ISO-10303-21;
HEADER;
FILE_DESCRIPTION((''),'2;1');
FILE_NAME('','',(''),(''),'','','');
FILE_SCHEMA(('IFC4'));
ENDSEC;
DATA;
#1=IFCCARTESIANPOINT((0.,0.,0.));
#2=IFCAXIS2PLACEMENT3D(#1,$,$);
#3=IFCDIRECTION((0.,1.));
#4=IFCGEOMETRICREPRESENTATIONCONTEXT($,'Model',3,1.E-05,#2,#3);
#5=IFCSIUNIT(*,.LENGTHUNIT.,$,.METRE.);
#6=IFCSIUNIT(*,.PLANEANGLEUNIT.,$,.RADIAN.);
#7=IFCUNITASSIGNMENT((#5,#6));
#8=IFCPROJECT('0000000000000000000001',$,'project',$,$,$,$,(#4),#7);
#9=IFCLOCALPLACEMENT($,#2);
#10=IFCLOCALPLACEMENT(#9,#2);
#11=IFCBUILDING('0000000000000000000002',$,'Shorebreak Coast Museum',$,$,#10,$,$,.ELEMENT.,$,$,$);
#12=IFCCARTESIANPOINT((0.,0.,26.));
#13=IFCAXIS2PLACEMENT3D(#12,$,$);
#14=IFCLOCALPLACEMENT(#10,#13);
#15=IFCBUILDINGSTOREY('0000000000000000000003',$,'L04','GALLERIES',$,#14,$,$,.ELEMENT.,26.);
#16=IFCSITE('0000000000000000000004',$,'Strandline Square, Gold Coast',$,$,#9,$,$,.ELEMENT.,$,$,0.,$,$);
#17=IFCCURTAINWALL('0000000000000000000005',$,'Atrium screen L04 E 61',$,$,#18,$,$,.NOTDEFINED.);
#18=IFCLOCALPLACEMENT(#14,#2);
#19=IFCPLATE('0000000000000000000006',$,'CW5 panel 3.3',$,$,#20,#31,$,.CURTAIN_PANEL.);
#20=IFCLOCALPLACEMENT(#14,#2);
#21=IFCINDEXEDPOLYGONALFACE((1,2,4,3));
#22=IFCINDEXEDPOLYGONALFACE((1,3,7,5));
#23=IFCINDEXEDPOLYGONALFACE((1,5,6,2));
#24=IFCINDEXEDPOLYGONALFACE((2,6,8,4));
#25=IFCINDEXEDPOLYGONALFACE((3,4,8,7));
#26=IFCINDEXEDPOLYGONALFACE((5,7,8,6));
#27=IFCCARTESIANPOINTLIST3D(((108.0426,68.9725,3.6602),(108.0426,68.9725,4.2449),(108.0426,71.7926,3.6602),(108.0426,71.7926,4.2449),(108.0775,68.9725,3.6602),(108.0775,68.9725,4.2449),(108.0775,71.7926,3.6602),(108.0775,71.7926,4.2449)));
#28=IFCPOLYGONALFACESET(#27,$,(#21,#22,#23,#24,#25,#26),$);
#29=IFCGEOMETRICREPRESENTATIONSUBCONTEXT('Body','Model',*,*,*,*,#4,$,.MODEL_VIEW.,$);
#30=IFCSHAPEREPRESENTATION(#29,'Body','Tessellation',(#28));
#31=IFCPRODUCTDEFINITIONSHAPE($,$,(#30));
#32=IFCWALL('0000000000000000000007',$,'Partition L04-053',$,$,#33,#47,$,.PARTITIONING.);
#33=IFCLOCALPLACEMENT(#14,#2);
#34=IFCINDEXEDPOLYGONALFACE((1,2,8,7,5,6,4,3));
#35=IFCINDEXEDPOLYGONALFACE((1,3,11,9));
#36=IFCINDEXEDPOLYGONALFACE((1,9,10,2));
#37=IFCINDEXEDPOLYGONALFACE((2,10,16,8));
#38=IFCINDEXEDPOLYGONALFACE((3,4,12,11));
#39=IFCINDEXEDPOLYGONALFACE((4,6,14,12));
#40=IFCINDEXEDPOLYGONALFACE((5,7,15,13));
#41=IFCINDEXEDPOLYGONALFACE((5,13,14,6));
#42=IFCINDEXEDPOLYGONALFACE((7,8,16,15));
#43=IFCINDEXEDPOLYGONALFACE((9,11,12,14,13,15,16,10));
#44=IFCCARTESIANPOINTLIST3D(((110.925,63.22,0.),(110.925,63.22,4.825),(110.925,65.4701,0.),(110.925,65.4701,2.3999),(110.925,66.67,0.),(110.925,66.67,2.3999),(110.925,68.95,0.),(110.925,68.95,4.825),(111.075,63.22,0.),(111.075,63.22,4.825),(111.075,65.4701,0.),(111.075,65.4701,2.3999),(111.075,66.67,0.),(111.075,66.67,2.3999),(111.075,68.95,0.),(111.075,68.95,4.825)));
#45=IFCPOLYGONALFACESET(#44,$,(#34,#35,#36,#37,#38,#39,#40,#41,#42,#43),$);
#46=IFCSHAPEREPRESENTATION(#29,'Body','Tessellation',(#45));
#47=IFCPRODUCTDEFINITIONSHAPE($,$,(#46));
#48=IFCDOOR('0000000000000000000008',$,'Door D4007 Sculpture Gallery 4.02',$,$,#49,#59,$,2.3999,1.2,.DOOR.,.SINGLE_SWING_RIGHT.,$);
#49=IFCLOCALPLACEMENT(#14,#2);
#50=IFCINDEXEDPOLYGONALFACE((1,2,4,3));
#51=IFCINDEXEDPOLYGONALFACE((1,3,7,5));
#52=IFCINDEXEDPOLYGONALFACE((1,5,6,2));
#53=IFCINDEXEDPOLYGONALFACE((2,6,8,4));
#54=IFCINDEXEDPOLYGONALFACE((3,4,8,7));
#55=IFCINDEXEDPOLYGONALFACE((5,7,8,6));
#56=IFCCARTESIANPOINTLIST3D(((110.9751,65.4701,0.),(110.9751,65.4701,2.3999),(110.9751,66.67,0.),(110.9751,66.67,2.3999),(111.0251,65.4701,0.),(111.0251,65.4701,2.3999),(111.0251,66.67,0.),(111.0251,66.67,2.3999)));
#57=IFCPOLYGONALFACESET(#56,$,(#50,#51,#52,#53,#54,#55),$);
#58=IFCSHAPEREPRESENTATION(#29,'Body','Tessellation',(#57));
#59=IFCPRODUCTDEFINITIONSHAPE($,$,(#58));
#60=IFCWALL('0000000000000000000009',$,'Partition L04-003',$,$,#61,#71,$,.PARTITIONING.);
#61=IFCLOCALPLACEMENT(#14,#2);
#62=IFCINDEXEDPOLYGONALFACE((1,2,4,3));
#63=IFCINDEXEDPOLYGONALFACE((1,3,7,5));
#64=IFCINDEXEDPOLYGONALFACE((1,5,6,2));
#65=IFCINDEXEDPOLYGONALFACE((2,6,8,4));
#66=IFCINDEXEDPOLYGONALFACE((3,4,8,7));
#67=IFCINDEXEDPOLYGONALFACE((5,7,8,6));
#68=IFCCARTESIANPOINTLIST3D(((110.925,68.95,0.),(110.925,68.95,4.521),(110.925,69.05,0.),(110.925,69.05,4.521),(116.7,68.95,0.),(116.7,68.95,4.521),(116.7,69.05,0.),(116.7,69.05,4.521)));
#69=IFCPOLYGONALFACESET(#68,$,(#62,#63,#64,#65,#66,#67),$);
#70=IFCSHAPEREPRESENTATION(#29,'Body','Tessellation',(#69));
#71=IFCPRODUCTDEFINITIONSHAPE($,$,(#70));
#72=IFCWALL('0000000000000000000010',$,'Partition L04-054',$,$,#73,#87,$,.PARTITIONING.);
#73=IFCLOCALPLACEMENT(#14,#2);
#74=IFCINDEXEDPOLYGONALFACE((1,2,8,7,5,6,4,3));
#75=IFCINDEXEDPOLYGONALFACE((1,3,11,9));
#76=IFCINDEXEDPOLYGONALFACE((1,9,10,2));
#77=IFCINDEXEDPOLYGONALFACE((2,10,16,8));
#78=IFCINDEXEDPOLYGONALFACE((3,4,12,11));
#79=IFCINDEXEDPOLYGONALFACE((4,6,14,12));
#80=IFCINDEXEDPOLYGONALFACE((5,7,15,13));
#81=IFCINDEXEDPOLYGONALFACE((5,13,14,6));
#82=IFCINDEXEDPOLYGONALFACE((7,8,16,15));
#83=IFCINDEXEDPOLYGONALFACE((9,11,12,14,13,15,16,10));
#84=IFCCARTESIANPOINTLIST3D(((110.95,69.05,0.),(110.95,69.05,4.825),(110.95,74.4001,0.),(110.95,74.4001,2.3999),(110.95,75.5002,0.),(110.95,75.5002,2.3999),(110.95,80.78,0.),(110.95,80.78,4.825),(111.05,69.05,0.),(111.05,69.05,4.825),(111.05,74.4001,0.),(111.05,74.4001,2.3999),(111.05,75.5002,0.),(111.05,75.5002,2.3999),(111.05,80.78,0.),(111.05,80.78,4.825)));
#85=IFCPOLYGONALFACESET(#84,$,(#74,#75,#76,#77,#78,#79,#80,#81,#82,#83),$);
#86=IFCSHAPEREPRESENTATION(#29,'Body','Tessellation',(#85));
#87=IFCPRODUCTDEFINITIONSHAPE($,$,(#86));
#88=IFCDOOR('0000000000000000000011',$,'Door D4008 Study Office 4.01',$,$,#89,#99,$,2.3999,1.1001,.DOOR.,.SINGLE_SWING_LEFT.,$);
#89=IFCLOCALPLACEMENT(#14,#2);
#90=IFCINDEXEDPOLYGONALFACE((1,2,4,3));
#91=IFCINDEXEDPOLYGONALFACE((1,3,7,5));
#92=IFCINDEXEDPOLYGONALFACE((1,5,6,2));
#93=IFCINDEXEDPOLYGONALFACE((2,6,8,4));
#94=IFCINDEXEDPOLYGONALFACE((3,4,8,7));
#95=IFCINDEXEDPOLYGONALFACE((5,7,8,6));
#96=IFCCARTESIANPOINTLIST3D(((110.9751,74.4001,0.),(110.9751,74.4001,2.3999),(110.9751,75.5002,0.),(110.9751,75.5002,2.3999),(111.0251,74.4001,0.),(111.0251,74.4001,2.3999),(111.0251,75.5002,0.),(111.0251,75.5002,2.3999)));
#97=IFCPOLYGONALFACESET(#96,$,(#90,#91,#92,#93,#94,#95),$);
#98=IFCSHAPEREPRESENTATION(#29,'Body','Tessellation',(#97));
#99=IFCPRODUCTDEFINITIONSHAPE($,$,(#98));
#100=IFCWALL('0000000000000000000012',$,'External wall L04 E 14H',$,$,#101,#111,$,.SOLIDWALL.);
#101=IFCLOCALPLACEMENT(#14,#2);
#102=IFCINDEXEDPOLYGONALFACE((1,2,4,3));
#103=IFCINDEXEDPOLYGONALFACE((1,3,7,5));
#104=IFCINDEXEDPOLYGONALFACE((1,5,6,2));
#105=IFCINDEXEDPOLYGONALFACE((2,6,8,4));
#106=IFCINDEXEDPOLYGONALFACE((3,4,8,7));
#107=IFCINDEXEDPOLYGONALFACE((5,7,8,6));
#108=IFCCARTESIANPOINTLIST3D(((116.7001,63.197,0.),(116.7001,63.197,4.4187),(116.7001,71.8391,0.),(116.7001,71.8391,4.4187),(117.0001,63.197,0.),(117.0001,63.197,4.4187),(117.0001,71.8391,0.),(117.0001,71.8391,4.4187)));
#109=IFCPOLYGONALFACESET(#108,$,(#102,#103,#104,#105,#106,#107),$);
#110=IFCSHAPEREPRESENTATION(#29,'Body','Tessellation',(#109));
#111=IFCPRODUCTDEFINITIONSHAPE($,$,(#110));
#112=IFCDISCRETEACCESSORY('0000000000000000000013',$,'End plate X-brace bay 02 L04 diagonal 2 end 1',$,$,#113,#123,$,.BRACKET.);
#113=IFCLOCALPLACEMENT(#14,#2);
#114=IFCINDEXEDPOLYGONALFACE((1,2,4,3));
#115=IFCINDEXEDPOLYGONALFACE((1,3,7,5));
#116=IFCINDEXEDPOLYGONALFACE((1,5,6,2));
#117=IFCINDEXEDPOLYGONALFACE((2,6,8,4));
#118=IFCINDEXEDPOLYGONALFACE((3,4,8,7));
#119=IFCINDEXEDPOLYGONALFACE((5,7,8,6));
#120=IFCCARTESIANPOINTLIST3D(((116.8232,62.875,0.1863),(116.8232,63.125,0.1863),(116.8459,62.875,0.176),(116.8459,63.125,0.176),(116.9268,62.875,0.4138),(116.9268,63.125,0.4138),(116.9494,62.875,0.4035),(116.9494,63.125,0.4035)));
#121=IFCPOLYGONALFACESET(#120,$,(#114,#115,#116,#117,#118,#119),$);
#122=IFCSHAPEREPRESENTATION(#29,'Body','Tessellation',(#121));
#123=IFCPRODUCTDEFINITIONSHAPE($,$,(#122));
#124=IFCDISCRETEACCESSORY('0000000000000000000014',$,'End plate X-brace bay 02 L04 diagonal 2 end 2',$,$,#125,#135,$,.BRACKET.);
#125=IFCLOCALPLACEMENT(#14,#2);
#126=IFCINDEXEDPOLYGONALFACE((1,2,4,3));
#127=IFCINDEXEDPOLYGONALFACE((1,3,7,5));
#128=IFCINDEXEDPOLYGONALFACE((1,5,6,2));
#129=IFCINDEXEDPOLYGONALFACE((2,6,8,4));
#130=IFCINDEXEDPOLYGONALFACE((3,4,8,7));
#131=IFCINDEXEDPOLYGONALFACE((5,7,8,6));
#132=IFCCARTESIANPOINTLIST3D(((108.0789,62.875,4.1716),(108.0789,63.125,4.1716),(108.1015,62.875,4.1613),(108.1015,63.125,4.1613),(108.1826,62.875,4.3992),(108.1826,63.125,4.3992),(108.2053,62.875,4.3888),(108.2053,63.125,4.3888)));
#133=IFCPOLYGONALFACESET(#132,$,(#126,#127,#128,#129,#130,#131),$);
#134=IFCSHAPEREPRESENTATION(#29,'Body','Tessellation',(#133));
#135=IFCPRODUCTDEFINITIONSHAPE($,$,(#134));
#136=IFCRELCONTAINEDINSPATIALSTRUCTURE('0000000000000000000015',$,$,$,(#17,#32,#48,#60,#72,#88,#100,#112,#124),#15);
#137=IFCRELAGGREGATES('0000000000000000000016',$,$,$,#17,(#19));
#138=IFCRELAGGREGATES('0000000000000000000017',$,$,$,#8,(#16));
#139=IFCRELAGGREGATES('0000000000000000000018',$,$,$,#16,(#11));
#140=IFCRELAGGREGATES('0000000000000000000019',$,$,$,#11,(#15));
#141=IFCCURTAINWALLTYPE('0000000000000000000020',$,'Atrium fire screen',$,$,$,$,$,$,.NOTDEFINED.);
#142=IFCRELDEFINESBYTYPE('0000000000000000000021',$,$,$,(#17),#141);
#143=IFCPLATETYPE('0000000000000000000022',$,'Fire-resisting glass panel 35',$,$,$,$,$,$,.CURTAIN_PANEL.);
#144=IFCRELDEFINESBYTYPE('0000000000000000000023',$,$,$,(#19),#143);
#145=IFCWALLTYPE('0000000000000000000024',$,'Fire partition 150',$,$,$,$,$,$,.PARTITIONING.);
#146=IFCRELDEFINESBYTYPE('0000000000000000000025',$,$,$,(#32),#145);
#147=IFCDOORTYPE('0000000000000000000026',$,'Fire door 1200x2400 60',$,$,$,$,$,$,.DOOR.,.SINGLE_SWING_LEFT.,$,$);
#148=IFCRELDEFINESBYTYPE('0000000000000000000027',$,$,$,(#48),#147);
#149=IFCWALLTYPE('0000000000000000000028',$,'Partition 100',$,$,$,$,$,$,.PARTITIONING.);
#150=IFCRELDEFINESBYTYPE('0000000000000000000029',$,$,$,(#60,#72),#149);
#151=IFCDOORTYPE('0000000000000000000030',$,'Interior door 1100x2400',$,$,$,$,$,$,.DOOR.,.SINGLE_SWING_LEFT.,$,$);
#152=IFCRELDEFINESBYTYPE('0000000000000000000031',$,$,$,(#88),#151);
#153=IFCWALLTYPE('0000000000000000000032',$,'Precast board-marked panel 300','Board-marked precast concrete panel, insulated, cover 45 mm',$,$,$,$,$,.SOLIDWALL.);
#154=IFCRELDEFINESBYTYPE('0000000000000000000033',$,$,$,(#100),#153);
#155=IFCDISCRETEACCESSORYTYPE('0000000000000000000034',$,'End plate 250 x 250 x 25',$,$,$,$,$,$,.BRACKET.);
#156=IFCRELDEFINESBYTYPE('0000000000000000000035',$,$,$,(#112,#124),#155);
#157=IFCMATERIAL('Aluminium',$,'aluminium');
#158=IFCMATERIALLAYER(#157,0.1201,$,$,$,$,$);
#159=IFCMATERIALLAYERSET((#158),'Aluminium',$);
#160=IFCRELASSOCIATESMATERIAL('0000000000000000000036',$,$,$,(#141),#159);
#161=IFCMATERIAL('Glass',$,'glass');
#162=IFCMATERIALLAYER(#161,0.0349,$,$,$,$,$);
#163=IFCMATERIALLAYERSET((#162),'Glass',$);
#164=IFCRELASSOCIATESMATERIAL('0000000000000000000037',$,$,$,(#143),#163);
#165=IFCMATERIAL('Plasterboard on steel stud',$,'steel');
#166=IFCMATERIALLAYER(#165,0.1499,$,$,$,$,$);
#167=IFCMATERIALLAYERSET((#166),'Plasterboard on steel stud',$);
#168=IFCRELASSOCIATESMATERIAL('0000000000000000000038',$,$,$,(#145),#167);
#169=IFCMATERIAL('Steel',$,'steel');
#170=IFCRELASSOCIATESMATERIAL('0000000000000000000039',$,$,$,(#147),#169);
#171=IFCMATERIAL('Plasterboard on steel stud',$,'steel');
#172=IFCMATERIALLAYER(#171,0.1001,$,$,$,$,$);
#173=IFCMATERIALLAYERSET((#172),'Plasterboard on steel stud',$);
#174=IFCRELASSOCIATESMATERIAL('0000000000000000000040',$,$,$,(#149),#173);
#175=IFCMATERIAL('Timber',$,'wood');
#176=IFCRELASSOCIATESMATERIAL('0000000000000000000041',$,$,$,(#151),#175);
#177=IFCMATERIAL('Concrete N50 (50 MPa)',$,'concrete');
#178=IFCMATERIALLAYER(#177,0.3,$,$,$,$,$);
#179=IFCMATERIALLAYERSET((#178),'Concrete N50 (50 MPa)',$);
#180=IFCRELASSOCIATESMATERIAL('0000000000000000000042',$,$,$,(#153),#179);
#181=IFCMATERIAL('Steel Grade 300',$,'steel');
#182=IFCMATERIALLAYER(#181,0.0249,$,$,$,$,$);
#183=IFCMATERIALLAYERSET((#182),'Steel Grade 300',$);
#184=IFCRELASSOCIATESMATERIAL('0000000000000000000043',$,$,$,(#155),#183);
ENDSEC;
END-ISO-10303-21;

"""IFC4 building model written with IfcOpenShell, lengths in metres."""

from ifc_helpers import new_model, si_unit, direction, frame, frame_2d, origin, origin_2d, place, context, subcontext, project, spatial, polyline, rectangle, outline, extrude, material, layer, layer_set, type_object, element, fill, aggregate, save


model = new_model("IFC4")

# Units and contexts
model_context = context("Model", 3, precision=1e-05, world=origin(), true_north=direction((0.0, 1.0)))
body_context = subcontext(model_context, "Body", "Model", "MODEL_VIEW")
ifc_project = project(units=[si_unit("LENGTHUNIT", "METRE"), si_unit("PLANEANGLEUNIT", "RADIAN")], contexts=[model_context])

# Site, building, storey
site_placement = place(None, origin())
site = spatial("IfcSite", under=ifc_project, at=site_placement, Name="Strandline Square, Gold Coast", CompositionType="ELEMENT", RefElevation=0.0)
building_placement = place(site_placement, origin())
building = spatial("IfcBuilding", under=site, at=building_placement, Name="Shorebreak Coast Museum", CompositionType="ELEMENT")
storey_placement = place(building_placement, frame((0.0, 0.0, 26.0)))
storey = spatial("IfcBuildingStorey", under=building, at=storey_placement, Name="L04", Description="GALLERIES", CompositionType="ELEMENT", Elevation=26.0)

# Curtain wall, plate
ifc_material_1 = material(Name="Aluminium", Category="aluminium")
ifc_layer_1 = layer(ifc_material_1, 0.1201)
ifc_layer_set_1 = layer_set([ifc_layer_1], Name="Aluminium")
curtain_wall_type = type_object("IfcCurtainWallType", Name="Atrium fire screen", PredefinedType="NOTDEFINED", material=ifc_layer_set_1)
curtain_wall_placement = place(storey_placement, origin())
curtain_wall = element("IfcCurtainWall", 1, at=curtain_wall_placement, inside=storey, type_object=curtain_wall_type, Name="Atrium screen L04 E 61", PredefinedType="NOTDEFINED")
ifc_material_2 = material(Name="Glass", Category="glass")
ifc_layer_2 = layer(ifc_material_2, 0.0349)
ifc_layer_set_2 = layer_set([ifc_layer_2], Name="Glass")
plate_type = type_object("IfcPlateType", Name="Fire-resisting glass panel 35", PredefinedType="CURTAIN_PANEL", material=ifc_layer_set_2)
plate_1_placement = place(storey_placement, frame((108.0601, 70.3826, 3.6602), z_axis=(0.0, 0.0, 1.0), x_axis=(0.0, 1.0, 0.0)))
plate_1 = element("IfcPlate", 2, at=plate_1_placement, type_object=plate_type, Name="CW5 panel 3.3", PredefinedType="CURTAIN_PANEL", context=body_context, shape_type="SweptSolid", body=[
    extrude(rectangle(XDim=2.8201, YDim=0.0349, at=origin_2d()), origin(), (0.0, 0.0, 1.0), 0.5847),
])
aggregate(curtain_wall, [plate_1])

# Wall, opening, door
ifc_material_3 = material(Name="Plasterboard on steel stud", Category="steel")
ifc_layer_3 = layer(ifc_material_3, 0.1499)
ifc_layer_set_3 = layer_set([ifc_layer_3], Name="Plasterboard on steel stud")
wall_type_1 = type_object("IfcWallType", Name="Fire partition 150", PredefinedType="PARTITIONING", material=ifc_layer_set_3)
wall_1_placement = place(storey_placement, frame((111.0, 63.22, 0.0), z_axis=(0.0, 0.0, 1.0), x_axis=(0.0, 1.0, 0.0)))
wall_1 = element("IfcWall", 3, at=wall_1_placement, inside=storey, type_object=wall_type_1, Name="Partition L04-053", PredefinedType="PARTITIONING", context=body_context, shape_type="SweptSolid", body=[
    extrude(rectangle(XDim=5.73, YDim=0.1499, at=frame_2d((2.865, 0.0))), origin(), (0.0, 0.0, 1.0), 4.825),
])
opening_1_placement = place(wall_1_placement, frame((2.25, 0.0, 0.0)))
opening_1 = element("IfcOpeningElement", 4, at=opening_1_placement, cuts=wall_1, PredefinedType="OPENING", context=body_context, shape_type="SweptSolid", body=[
    extrude(rectangle(XDim=1.2, YDim=2.3999, at=frame_2d((0.6001, 1.2))), frame((0.0, 0.085, 0.0), z_axis=(0.0, -1.0, 0.0), x_axis=(1.0, 0.0, 0.0)), (0.0, 0.0, 1.0), 0.1699),
])
ifc_material_4 = material(Name="Steel", Category="steel")
door_type_1 = type_object("IfcDoorType", Name="Fire door 1200x2400 60", OperationType="SINGLE_SWING_LEFT", PredefinedType="DOOR", material=ifc_material_4)
door_1_placement = place(opening_1_placement, origin())
door_1 = element("IfcDoor", 5, at=door_1_placement, inside=storey, type_object=door_type_1, Name="Door D4007 Sculpture Gallery 4.02", OperationType="SINGLE_SWING_RIGHT", OverallHeight=2.3999, OverallWidth=1.2, PredefinedType="DOOR", context=body_context, shape_type="SweptSolid", body=[
    extrude(rectangle(XDim=1.2, YDim=2.3999, at=frame_2d((0.6001, 1.2))), frame((0.0, 0.0249, 0.0), z_axis=(0.0, -1.0, 0.0), x_axis=(1.0, 0.0, 0.0)), (0.0, 0.0, 1.0), 0.05),
])
fill(opening_1, door_1)

# Wall
ifc_material_5 = material(Name="Plasterboard on steel stud", Category="steel")
ifc_layer_4 = layer(ifc_material_5, 0.1001)
ifc_layer_set_4 = layer_set([ifc_layer_4], Name="Plasterboard on steel stud")
wall_type_2 = type_object("IfcWallType", Name="Partition 100", PredefinedType="PARTITIONING", material=ifc_layer_set_4)
wall_2_placement = place(storey_placement, frame((110.925, 69.0, 0.0), z_axis=(0.0, 0.0, 1.0), x_axis=(1.0, 0.0, 0.0)))
element("IfcWall", 6, at=wall_2_placement, inside=storey, type_object=wall_type_2, Name="Partition L04-003", PredefinedType="PARTITIONING", context=body_context, shape_type="SweptSolid", body=[
    extrude(rectangle(XDim=5.7749, YDim=0.1001, at=frame_2d((2.8875, 0.0))), origin(), (0.0, 0.0, 1.0), 4.521),
])

# Wall, opening, door
wall_3_placement = place(storey_placement, frame((111.0, 69.05, 0.0), z_axis=(0.0, 0.0, 1.0), x_axis=(0.0, 1.0, 0.0)))
wall_3 = element("IfcWall", 7, at=wall_3_placement, inside=storey, type_object=wall_type_2, Name="Partition L04-054", PredefinedType="PARTITIONING", context=body_context, shape_type="SweptSolid", body=[
    extrude(rectangle(XDim=11.73, YDim=0.1001, at=frame_2d((5.865, 0.0))), origin(), (0.0, 0.0, 1.0), 4.825),
])
opening_2_placement = place(wall_3_placement, frame((5.3501, 0.0, 0.0)))
opening_2 = element("IfcOpeningElement", 8, at=opening_2_placement, cuts=wall_3, PredefinedType="OPENING", context=body_context, shape_type="SweptSolid", body=[
    extrude(rectangle(XDim=1.1001, YDim=2.3999, at=frame_2d((0.55, 1.2))), frame((0.0, 0.0601, 0.0), z_axis=(0.0, -1.0, 0.0), x_axis=(1.0, 0.0, 0.0)), (0.0, 0.0, 1.0), 0.1201),
])
ifc_material_6 = material(Name="Timber", Category="wood")
door_type_2 = type_object("IfcDoorType", Name="Interior door 1100x2400", OperationType="SINGLE_SWING_LEFT", PredefinedType="DOOR", material=ifc_material_6)
door_2_placement = place(opening_2_placement, origin())
door_2 = element("IfcDoor", 9, at=door_2_placement, inside=storey, type_object=door_type_2, Name="Door D4008 Study Office 4.01", OperationType="SINGLE_SWING_LEFT", OverallHeight=2.3999, OverallWidth=1.1001, PredefinedType="DOOR", context=body_context, shape_type="SweptSolid", body=[
    extrude(rectangle(XDim=1.1001, YDim=2.3999, at=frame_2d((0.55, 1.2))), frame((0.0, 0.0249, 0.0), z_axis=(0.0, -1.0, 0.0), x_axis=(1.0, 0.0, 0.0)), (0.0, 0.0, 1.0), 0.05),
])
fill(opening_2, door_2)

# Wall
ifc_material_7 = material(Name="Concrete N50 (50 MPa)", Category="concrete")
ifc_layer_5 = layer(ifc_material_7, 0.3)
ifc_layer_set_5 = layer_set([ifc_layer_5], Name="Concrete N50 (50 MPa)")
wall_type_3 = type_object("IfcWallType", Name="Precast board-marked panel 300", Description="Board-marked precast concrete panel, insulated, cover 45 mm", PredefinedType="SOLIDWALL", material=ifc_layer_set_5)
wall_4_placement = place(storey_placement, frame((116.8501, 63.197, 0.0), z_axis=(0.0, 0.0, 1.0), x_axis=(0.0, 1.0, 0.0)))
element("IfcWall", 10, at=wall_4_placement, inside=storey, type_object=wall_type_3, Name="External wall L04 E 14H", PredefinedType="SOLIDWALL", context=body_context, shape_type="SweptSolid", body=[
    extrude(rectangle(XDim=8.6421, YDim=0.3, at=frame_2d((4.321, 0.0))), origin(), (0.0, 0.0, 1.0), 4.4187),
])

# Discrete accessories
ifc_material_8 = material(Name="Steel Grade 300", Category="steel")
ifc_layer_6 = layer(ifc_material_8, 0.0249)
ifc_layer_set_6 = layer_set([ifc_layer_6], Name="Steel Grade 300")
discrete_accessory_type = type_object("IfcDiscreteAccessoryType", Name="End plate 250 x 250 x 25", PredefinedType="BRACKET", material=ifc_layer_set_6)
discrete_accessory_1_placement = place(storey_placement, frame((116.8232, 63.125, 0.1863), z_axis=(-0.910233, 0.0, 0.414097), x_axis=(0.0, -1.0, 0.0)))
element("IfcDiscreteAccessory", 11, at=discrete_accessory_1_placement, inside=storey, type_object=discrete_accessory_type, Name="End plate X-brace bay 02 L04 diagonal 2 end 1", PredefinedType="BRACKET", context=body_context, shape_type="SweptSolid", body=[
    extrude(outline(polyline([(0.0, 0.0), (0.25, 0.0), (0.25, 0.25), (0.0, 0.25), (0.0, 0.0)])), origin(), (0.0, 0.0, -1.0), 0.0249),
])
discrete_accessory_2_placement = place(storey_placement, frame((108.0789, 63.125, 4.1716), z_axis=(-0.909864, 0.0, 0.414906), x_axis=(0.0, -1.0, 0.0)))
element("IfcDiscreteAccessory", 12, at=discrete_accessory_2_placement, inside=storey, type_object=discrete_accessory_type, Name="End plate X-brace bay 02 L04 diagonal 2 end 2", PredefinedType="BRACKET", context=body_context, shape_type="SweptSolid", body=[
    extrude(outline(polyline([(0.0, 0.0), (0.25, 0.0), (0.25, 0.2501), (0.0, 0.2501), (0.0, 0.0)])), origin(), (0.0, 0.0, -1.0), 0.0249),
])

save(model, "model.ifc")
